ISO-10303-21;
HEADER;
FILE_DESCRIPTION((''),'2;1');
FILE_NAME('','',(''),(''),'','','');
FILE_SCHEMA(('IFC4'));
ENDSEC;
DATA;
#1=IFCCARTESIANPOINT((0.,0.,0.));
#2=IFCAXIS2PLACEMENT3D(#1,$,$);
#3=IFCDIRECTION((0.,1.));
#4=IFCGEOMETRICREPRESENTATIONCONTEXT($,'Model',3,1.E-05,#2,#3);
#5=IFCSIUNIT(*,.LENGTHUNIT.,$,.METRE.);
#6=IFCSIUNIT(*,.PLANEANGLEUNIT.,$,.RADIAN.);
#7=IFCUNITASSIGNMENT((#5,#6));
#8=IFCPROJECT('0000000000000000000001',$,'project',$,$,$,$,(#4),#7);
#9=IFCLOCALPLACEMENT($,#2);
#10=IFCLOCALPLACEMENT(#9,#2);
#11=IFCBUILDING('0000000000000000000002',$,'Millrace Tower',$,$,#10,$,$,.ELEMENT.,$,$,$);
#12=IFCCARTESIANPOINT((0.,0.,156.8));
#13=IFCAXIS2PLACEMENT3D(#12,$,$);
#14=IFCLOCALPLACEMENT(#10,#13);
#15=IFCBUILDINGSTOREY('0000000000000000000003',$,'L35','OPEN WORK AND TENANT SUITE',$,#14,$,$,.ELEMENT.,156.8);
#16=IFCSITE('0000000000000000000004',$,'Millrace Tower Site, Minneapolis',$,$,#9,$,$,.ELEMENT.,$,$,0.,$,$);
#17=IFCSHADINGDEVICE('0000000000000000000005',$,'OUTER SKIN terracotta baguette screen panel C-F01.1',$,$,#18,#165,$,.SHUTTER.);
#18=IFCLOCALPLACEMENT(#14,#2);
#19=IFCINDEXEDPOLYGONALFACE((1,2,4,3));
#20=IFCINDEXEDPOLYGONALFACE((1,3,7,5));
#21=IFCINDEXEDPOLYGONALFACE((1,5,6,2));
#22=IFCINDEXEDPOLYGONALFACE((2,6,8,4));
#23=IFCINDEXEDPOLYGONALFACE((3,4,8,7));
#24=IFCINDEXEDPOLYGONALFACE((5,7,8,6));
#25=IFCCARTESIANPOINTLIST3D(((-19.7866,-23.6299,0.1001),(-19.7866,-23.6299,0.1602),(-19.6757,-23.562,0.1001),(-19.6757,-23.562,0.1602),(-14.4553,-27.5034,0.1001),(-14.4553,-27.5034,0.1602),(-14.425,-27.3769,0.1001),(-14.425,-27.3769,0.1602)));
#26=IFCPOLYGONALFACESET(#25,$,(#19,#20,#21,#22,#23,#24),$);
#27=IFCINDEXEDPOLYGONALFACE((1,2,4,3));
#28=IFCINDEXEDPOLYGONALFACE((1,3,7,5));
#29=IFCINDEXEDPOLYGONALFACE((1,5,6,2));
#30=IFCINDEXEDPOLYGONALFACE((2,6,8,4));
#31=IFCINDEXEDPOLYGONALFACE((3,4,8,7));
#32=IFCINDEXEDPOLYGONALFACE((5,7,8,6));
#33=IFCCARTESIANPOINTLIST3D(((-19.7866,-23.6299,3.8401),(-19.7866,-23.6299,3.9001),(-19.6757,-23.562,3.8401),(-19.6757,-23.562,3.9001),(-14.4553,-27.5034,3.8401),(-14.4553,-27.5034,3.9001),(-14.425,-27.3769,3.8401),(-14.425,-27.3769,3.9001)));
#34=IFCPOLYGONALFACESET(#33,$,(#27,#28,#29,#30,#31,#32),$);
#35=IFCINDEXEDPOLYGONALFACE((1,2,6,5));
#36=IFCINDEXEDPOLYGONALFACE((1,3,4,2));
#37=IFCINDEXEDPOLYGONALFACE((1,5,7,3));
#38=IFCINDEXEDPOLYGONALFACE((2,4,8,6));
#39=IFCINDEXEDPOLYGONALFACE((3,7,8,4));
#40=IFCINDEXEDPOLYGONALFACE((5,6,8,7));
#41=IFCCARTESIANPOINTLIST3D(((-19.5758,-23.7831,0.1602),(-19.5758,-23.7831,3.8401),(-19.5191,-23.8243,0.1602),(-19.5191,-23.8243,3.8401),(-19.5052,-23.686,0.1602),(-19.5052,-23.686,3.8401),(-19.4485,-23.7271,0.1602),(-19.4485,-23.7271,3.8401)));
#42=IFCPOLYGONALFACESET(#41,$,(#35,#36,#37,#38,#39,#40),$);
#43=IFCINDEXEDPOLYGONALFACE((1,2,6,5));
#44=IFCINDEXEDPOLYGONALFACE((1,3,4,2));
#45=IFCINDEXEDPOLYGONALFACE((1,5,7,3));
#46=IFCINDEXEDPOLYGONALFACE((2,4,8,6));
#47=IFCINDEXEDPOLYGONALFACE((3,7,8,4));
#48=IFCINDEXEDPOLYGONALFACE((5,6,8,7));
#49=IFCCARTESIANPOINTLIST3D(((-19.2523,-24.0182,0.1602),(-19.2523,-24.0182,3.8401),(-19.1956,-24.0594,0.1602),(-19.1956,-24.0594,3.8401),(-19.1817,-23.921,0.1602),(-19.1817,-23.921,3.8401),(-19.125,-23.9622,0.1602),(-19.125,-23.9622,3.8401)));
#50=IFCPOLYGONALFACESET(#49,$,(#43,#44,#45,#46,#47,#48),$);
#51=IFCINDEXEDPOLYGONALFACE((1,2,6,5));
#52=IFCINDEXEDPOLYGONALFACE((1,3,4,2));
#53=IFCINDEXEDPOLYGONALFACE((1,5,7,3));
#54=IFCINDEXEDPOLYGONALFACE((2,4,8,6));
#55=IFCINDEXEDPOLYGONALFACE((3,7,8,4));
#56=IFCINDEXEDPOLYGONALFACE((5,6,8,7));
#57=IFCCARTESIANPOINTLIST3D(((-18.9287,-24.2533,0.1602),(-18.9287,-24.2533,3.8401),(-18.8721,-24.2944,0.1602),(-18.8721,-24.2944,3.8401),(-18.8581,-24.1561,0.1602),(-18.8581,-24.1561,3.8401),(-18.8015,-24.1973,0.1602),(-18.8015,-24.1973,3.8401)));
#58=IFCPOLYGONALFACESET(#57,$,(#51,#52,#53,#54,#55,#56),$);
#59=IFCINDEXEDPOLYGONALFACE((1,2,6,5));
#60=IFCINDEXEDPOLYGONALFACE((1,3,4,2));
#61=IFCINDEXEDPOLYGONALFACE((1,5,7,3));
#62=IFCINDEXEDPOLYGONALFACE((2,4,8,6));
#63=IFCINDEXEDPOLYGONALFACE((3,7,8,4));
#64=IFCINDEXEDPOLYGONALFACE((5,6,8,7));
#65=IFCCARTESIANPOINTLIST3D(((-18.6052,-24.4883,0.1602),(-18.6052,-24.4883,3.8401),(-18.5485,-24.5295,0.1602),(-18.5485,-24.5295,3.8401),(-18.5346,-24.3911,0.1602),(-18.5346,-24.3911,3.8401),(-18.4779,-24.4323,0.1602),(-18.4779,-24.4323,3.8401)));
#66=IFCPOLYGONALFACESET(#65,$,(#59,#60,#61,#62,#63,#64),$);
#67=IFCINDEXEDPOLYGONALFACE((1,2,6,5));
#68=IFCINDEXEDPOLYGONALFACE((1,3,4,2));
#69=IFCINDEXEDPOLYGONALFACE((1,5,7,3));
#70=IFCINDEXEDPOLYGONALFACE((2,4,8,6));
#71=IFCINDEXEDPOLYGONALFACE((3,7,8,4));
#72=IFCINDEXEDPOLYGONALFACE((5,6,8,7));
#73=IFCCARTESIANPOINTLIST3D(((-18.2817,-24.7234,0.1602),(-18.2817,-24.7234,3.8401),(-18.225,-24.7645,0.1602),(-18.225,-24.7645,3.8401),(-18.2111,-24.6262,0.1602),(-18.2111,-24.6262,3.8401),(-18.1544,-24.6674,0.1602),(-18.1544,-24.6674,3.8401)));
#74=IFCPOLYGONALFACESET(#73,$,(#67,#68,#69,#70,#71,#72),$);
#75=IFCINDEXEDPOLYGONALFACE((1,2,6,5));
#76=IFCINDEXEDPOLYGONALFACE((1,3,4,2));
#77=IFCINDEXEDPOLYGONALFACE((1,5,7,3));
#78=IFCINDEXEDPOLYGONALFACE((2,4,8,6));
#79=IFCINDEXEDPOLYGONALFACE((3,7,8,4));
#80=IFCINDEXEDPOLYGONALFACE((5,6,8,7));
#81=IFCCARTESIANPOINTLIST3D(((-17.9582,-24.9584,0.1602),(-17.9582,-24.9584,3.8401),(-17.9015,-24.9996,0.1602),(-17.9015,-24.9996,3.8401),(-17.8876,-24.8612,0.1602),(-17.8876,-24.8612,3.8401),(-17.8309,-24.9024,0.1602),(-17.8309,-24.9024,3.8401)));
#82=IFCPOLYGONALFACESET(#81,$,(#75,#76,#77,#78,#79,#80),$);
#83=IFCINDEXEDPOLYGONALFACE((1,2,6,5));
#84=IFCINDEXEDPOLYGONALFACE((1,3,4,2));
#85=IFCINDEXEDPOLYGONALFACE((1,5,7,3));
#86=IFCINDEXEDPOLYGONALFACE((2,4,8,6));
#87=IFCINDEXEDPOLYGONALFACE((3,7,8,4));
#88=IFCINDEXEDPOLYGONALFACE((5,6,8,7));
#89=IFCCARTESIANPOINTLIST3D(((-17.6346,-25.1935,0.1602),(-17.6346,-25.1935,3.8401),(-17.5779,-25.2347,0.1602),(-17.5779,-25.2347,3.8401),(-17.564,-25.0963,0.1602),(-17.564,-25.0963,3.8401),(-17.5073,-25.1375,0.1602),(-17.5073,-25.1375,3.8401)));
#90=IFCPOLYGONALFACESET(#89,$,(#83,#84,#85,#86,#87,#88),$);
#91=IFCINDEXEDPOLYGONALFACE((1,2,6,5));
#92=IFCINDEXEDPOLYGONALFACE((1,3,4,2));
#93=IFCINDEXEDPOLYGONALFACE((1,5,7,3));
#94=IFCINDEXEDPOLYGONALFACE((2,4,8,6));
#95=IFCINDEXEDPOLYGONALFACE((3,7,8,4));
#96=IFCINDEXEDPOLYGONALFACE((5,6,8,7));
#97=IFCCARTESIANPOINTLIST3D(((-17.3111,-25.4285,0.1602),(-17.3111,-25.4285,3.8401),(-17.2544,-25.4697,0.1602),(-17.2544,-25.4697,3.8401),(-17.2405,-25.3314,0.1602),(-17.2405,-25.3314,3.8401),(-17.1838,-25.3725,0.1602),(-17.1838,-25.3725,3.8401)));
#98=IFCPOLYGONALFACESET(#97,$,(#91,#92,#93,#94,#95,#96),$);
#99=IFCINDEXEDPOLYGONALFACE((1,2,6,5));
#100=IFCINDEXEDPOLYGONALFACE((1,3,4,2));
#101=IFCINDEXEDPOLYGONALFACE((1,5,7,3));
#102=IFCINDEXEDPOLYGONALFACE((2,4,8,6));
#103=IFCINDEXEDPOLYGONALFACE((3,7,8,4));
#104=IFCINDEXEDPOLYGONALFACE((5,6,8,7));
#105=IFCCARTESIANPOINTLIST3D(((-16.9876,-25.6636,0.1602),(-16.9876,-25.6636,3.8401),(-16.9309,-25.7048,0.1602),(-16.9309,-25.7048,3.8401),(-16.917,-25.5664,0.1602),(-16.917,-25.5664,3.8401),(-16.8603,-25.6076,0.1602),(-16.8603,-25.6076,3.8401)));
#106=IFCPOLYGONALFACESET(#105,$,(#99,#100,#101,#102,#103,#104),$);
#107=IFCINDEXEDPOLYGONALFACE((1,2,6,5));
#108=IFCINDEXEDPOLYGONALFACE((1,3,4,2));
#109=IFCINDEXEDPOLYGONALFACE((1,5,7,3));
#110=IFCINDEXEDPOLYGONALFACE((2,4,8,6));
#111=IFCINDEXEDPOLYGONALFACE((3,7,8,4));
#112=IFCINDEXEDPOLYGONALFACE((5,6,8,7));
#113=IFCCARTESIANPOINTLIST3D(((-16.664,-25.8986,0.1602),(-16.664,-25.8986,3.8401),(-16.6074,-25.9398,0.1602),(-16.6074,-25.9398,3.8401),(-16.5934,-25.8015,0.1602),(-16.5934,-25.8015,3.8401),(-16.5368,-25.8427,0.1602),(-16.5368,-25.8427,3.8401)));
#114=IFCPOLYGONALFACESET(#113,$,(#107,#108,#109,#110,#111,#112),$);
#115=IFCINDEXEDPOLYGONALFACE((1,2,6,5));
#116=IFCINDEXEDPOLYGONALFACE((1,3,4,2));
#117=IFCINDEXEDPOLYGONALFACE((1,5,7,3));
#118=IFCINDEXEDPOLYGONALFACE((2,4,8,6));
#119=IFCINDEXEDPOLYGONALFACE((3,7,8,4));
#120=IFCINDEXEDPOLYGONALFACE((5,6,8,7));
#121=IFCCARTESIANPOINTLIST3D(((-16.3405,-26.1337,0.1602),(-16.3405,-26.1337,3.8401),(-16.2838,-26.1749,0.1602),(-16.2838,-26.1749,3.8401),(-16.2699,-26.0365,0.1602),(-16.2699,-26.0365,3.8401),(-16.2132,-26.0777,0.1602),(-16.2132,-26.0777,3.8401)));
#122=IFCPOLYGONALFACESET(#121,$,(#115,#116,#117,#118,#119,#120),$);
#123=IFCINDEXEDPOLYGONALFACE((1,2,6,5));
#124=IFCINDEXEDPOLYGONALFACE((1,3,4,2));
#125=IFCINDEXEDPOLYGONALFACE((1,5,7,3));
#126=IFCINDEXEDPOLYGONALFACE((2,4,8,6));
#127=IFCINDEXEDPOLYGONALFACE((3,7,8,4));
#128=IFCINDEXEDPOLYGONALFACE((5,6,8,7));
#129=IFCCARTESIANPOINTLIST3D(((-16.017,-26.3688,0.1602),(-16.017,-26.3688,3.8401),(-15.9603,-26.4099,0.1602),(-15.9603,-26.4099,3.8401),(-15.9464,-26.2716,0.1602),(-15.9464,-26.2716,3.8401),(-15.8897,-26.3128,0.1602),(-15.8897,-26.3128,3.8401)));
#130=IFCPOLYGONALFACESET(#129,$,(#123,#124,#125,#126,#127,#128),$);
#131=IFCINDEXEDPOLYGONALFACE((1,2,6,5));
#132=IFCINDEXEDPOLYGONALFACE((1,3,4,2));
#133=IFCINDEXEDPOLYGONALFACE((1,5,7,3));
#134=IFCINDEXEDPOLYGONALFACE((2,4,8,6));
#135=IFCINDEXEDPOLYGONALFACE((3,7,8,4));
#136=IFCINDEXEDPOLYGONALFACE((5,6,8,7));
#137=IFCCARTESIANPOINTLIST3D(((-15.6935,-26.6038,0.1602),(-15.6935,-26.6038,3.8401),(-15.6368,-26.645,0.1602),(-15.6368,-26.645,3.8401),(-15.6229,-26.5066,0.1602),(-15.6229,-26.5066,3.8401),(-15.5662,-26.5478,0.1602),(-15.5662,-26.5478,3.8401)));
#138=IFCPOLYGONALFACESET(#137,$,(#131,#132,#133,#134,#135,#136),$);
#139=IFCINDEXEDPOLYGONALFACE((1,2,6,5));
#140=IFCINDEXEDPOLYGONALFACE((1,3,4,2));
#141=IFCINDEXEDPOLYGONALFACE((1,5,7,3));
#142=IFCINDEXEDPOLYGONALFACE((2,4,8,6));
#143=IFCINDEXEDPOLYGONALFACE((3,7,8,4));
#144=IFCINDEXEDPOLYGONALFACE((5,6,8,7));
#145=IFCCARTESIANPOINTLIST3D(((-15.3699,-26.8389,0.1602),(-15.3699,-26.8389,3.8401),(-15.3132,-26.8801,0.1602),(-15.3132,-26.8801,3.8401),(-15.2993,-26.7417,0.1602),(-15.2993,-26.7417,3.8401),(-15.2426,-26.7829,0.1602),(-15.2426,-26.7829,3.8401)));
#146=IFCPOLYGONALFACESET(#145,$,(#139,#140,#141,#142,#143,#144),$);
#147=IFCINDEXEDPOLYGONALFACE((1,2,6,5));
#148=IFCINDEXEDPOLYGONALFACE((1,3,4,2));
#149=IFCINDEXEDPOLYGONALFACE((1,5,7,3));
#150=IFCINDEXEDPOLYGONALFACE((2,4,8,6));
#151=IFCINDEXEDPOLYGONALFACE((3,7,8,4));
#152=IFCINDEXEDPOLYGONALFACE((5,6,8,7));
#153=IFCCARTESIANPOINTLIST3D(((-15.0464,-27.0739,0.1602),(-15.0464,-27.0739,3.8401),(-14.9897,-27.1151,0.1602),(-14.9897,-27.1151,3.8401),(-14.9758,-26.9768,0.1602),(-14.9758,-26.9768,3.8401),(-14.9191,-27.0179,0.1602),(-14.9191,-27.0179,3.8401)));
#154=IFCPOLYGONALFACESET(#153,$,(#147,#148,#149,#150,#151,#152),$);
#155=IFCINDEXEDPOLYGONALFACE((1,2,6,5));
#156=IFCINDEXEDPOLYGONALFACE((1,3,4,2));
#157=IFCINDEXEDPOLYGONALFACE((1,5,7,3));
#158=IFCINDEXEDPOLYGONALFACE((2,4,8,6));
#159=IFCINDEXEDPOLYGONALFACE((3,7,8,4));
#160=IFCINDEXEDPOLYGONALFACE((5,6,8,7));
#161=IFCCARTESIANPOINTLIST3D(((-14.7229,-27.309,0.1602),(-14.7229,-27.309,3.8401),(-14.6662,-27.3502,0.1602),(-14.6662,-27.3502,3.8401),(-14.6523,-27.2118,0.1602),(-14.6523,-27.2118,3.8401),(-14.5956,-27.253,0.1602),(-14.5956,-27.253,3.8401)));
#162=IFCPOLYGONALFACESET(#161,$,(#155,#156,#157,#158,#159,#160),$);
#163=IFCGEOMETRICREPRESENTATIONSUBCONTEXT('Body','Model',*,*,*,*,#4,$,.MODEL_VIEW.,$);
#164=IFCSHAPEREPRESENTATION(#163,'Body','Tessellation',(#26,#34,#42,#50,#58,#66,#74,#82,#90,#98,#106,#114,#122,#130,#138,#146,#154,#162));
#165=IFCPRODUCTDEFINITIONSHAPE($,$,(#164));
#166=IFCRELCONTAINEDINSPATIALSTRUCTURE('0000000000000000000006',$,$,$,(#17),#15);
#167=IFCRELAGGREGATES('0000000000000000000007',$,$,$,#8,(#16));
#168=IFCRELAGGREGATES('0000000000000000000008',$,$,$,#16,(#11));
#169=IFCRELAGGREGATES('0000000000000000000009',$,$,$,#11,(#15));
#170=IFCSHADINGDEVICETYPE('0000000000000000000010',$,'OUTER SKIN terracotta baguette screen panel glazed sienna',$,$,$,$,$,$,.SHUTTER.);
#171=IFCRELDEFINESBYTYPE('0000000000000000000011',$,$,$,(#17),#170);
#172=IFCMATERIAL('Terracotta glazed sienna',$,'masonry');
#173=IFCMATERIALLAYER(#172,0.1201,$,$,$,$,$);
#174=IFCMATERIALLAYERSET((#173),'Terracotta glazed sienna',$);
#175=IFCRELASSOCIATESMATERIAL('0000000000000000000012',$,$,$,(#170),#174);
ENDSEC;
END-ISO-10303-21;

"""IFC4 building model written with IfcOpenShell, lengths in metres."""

from ifc_helpers import new_model, entity, si_unit, direction, frame, frame_2d, origin, place, context, subcontext, project, spatial, rectangle, extrude, source, transform, mapped, material, layer, layer_set, type_object, element, save


model = new_model("IFC4")

# Units and contexts
model_context = context("Model", 3, precision=1e-05, world=origin(), true_north=direction((0.0, 1.0)))
body_context = subcontext(model_context, "Body", "Model", "MODEL_VIEW")
ifc_project = project(units=[si_unit("LENGTHUNIT", "METRE"), si_unit("PLANEANGLEUNIT", "RADIAN")], contexts=[model_context])

# Site, building, storey
site_placement = place(None, origin())
site = spatial("IfcSite", under=ifc_project, at=site_placement, Name="Millrace Tower Site, Minneapolis", CompositionType="ELEMENT", RefElevation=0.0)
building_placement = place(site_placement, origin())
building = spatial("IfcBuilding", under=site, at=building_placement, Name="Millrace Tower", CompositionType="ELEMENT")
storey_placement = place(building_placement, frame((0.0, 0.0, 156.8)))
storey = spatial("IfcBuildingStorey", under=building, at=storey_placement, Name="L35", Description="OPEN WORK AND TENANT SUITE", CompositionType="ELEMENT", Elevation=156.8)

# Shading device
ifc_material_1 = material(Name="Terracotta glazed sienna", Category="masonry")
ifc_layer_1 = layer(ifc_material_1, 0.1201)
ifc_layer_set_1 = layer_set([ifc_layer_1], Name="Terracotta glazed sienna")
shading_device_type = type_object("IfcShadingDeviceType", Name="OUTER SKIN terracotta baguette screen panel glazed sienna", PredefinedType="SHUTTER", material=ifc_layer_set_1)
cartesian_point_1 = entity("IfcCartesianPoint", [-3.2451, 0.0601])
shared_polyline_1 = entity("IfcPolyline", [cartesian_point_1, entity("IfcCartesianPoint", [3.2451, 0.0601]), entity("IfcCartesianPoint", [3.2949, -0.0601]), entity("IfcCartesianPoint", [-3.2949, -0.0601]), cartesian_point_1])
shared_shape_1 = source(origin(), body_context, "Body", "SweptSolid", [
    entity("IfcExtrudedAreaSolid", entity("IfcArbitraryClosedProfileDef", "AREA", None, shared_polyline_1), entity("IfcAxis2Placement3D", entity("IfcCartesianPoint", [0.0, 0.0, 0.0])), entity("IfcDirection", [0.0, 0.0, 1.0]), 0.0601),
    entity("IfcExtrudedAreaSolid", entity("IfcArbitraryClosedProfileDef", "AREA", None, shared_polyline_1), entity("IfcAxis2Placement3D", entity("IfcCartesianPoint", [0.0, 0.0, 3.74])), entity("IfcDirection", [0.0, 0.0, 1.0]), 0.0601),
    extrude(rectangle(XDim=0.0701, YDim=0.1201, at=frame_2d((-2.9993, 0.0))), frame((0.0, 0.0, 0.0601)), (0.0, 0.0, 1.0), 3.6799),
    extrude(rectangle(XDim=0.0701, YDim=0.1201, at=frame_2d((-2.5994, 0.0))), frame((0.0, 0.0, 0.0601)), (0.0, 0.0, 1.0), 3.6799),
    extrude(rectangle(XDim=0.0701, YDim=0.1201, at=frame_2d((-2.1995, 0.0))), frame((0.0, 0.0, 0.0601)), (0.0, 0.0, 1.0), 3.6799),
    extrude(rectangle(XDim=0.0701, YDim=0.1201, at=frame_2d((-1.7996, 0.0))), frame((0.0, 0.0, 0.0601)), (0.0, 0.0, 1.0), 3.6799),
    extrude(rectangle(XDim=0.0701, YDim=0.1201, at=frame_2d((-1.3997, 0.0))), frame((0.0, 0.0, 0.0601)), (0.0, 0.0, 1.0), 3.6799),
    extrude(rectangle(XDim=0.0701, YDim=0.1201, at=frame_2d((-0.9998, 0.0))), frame((0.0, 0.0, 0.0601)), (0.0, 0.0, 1.0), 3.6799),
    extrude(rectangle(XDim=0.0701, YDim=0.1201, at=frame_2d((-0.5999, 0.0))), frame((0.0, 0.0, 0.0601)), (0.0, 0.0, 1.0), 3.6799),
    extrude(rectangle(XDim=0.0701, YDim=0.1201, at=frame_2d((-0.2, 0.0))), frame((0.0, 0.0, 0.0601)), (0.0, 0.0, 1.0), 3.6799),
    extrude(rectangle(XDim=0.0701, YDim=0.1201, at=frame_2d((0.2, 0.0))), frame((0.0, 0.0, 0.0601)), (0.0, 0.0, 1.0), 3.6799),
    extrude(rectangle(XDim=0.0701, YDim=0.1201, at=frame_2d((0.5999, 0.0))), frame((0.0, 0.0, 0.0601)), (0.0, 0.0, 1.0), 3.6799),
    extrude(rectangle(XDim=0.0701, YDim=0.1201, at=frame_2d((0.9998, 0.0))), frame((0.0, 0.0, 0.0601)), (0.0, 0.0, 1.0), 3.6799),
    extrude(rectangle(XDim=0.0701, YDim=0.1201, at=frame_2d((1.3997, 0.0))), frame((0.0, 0.0, 0.0601)), (0.0, 0.0, 1.0), 3.6799),
    extrude(rectangle(XDim=0.0701, YDim=0.1201, at=frame_2d((1.7996, 0.0))), frame((0.0, 0.0, 0.0601)), (0.0, 0.0, 1.0), 3.6799),
    extrude(rectangle(XDim=0.0701, YDim=0.1201, at=frame_2d((2.1995, 0.0))), frame((0.0, 0.0, 0.0601)), (0.0, 0.0, 1.0), 3.6799),
    extrude(rectangle(XDim=0.0701, YDim=0.1201, at=frame_2d((2.5994, 0.0))), frame((0.0, 0.0, 0.0601)), (0.0, 0.0, 1.0), 3.6799),
    extrude(rectangle(XDim=0.0701, YDim=0.1201, at=frame_2d((2.9993, 0.0))), frame((0.0, 0.0, 0.0601)), (0.0, 0.0, 1.0), 3.6799),
])
shading_device_1_placement = place(storey_placement, frame((-17.0857, -25.5181, 0.1001), z_axis=(0.0, 0.0, 1.0), x_axis=(0.809017, -0.587785, 0.0)))
element("IfcShadingDevice", 1, at=shading_device_1_placement, inside=storey, type_object=shading_device_type, Name="OUTER SKIN terracotta baguette screen panel C-F01.1", PredefinedType="SHUTTER", context=body_context, shape_type="MappedRepresentation", body=[
    mapped(shared_shape_1, transform((0.0, 0.0, 0.0), scale=1.0)),
])

save(model, "model.ifc")
